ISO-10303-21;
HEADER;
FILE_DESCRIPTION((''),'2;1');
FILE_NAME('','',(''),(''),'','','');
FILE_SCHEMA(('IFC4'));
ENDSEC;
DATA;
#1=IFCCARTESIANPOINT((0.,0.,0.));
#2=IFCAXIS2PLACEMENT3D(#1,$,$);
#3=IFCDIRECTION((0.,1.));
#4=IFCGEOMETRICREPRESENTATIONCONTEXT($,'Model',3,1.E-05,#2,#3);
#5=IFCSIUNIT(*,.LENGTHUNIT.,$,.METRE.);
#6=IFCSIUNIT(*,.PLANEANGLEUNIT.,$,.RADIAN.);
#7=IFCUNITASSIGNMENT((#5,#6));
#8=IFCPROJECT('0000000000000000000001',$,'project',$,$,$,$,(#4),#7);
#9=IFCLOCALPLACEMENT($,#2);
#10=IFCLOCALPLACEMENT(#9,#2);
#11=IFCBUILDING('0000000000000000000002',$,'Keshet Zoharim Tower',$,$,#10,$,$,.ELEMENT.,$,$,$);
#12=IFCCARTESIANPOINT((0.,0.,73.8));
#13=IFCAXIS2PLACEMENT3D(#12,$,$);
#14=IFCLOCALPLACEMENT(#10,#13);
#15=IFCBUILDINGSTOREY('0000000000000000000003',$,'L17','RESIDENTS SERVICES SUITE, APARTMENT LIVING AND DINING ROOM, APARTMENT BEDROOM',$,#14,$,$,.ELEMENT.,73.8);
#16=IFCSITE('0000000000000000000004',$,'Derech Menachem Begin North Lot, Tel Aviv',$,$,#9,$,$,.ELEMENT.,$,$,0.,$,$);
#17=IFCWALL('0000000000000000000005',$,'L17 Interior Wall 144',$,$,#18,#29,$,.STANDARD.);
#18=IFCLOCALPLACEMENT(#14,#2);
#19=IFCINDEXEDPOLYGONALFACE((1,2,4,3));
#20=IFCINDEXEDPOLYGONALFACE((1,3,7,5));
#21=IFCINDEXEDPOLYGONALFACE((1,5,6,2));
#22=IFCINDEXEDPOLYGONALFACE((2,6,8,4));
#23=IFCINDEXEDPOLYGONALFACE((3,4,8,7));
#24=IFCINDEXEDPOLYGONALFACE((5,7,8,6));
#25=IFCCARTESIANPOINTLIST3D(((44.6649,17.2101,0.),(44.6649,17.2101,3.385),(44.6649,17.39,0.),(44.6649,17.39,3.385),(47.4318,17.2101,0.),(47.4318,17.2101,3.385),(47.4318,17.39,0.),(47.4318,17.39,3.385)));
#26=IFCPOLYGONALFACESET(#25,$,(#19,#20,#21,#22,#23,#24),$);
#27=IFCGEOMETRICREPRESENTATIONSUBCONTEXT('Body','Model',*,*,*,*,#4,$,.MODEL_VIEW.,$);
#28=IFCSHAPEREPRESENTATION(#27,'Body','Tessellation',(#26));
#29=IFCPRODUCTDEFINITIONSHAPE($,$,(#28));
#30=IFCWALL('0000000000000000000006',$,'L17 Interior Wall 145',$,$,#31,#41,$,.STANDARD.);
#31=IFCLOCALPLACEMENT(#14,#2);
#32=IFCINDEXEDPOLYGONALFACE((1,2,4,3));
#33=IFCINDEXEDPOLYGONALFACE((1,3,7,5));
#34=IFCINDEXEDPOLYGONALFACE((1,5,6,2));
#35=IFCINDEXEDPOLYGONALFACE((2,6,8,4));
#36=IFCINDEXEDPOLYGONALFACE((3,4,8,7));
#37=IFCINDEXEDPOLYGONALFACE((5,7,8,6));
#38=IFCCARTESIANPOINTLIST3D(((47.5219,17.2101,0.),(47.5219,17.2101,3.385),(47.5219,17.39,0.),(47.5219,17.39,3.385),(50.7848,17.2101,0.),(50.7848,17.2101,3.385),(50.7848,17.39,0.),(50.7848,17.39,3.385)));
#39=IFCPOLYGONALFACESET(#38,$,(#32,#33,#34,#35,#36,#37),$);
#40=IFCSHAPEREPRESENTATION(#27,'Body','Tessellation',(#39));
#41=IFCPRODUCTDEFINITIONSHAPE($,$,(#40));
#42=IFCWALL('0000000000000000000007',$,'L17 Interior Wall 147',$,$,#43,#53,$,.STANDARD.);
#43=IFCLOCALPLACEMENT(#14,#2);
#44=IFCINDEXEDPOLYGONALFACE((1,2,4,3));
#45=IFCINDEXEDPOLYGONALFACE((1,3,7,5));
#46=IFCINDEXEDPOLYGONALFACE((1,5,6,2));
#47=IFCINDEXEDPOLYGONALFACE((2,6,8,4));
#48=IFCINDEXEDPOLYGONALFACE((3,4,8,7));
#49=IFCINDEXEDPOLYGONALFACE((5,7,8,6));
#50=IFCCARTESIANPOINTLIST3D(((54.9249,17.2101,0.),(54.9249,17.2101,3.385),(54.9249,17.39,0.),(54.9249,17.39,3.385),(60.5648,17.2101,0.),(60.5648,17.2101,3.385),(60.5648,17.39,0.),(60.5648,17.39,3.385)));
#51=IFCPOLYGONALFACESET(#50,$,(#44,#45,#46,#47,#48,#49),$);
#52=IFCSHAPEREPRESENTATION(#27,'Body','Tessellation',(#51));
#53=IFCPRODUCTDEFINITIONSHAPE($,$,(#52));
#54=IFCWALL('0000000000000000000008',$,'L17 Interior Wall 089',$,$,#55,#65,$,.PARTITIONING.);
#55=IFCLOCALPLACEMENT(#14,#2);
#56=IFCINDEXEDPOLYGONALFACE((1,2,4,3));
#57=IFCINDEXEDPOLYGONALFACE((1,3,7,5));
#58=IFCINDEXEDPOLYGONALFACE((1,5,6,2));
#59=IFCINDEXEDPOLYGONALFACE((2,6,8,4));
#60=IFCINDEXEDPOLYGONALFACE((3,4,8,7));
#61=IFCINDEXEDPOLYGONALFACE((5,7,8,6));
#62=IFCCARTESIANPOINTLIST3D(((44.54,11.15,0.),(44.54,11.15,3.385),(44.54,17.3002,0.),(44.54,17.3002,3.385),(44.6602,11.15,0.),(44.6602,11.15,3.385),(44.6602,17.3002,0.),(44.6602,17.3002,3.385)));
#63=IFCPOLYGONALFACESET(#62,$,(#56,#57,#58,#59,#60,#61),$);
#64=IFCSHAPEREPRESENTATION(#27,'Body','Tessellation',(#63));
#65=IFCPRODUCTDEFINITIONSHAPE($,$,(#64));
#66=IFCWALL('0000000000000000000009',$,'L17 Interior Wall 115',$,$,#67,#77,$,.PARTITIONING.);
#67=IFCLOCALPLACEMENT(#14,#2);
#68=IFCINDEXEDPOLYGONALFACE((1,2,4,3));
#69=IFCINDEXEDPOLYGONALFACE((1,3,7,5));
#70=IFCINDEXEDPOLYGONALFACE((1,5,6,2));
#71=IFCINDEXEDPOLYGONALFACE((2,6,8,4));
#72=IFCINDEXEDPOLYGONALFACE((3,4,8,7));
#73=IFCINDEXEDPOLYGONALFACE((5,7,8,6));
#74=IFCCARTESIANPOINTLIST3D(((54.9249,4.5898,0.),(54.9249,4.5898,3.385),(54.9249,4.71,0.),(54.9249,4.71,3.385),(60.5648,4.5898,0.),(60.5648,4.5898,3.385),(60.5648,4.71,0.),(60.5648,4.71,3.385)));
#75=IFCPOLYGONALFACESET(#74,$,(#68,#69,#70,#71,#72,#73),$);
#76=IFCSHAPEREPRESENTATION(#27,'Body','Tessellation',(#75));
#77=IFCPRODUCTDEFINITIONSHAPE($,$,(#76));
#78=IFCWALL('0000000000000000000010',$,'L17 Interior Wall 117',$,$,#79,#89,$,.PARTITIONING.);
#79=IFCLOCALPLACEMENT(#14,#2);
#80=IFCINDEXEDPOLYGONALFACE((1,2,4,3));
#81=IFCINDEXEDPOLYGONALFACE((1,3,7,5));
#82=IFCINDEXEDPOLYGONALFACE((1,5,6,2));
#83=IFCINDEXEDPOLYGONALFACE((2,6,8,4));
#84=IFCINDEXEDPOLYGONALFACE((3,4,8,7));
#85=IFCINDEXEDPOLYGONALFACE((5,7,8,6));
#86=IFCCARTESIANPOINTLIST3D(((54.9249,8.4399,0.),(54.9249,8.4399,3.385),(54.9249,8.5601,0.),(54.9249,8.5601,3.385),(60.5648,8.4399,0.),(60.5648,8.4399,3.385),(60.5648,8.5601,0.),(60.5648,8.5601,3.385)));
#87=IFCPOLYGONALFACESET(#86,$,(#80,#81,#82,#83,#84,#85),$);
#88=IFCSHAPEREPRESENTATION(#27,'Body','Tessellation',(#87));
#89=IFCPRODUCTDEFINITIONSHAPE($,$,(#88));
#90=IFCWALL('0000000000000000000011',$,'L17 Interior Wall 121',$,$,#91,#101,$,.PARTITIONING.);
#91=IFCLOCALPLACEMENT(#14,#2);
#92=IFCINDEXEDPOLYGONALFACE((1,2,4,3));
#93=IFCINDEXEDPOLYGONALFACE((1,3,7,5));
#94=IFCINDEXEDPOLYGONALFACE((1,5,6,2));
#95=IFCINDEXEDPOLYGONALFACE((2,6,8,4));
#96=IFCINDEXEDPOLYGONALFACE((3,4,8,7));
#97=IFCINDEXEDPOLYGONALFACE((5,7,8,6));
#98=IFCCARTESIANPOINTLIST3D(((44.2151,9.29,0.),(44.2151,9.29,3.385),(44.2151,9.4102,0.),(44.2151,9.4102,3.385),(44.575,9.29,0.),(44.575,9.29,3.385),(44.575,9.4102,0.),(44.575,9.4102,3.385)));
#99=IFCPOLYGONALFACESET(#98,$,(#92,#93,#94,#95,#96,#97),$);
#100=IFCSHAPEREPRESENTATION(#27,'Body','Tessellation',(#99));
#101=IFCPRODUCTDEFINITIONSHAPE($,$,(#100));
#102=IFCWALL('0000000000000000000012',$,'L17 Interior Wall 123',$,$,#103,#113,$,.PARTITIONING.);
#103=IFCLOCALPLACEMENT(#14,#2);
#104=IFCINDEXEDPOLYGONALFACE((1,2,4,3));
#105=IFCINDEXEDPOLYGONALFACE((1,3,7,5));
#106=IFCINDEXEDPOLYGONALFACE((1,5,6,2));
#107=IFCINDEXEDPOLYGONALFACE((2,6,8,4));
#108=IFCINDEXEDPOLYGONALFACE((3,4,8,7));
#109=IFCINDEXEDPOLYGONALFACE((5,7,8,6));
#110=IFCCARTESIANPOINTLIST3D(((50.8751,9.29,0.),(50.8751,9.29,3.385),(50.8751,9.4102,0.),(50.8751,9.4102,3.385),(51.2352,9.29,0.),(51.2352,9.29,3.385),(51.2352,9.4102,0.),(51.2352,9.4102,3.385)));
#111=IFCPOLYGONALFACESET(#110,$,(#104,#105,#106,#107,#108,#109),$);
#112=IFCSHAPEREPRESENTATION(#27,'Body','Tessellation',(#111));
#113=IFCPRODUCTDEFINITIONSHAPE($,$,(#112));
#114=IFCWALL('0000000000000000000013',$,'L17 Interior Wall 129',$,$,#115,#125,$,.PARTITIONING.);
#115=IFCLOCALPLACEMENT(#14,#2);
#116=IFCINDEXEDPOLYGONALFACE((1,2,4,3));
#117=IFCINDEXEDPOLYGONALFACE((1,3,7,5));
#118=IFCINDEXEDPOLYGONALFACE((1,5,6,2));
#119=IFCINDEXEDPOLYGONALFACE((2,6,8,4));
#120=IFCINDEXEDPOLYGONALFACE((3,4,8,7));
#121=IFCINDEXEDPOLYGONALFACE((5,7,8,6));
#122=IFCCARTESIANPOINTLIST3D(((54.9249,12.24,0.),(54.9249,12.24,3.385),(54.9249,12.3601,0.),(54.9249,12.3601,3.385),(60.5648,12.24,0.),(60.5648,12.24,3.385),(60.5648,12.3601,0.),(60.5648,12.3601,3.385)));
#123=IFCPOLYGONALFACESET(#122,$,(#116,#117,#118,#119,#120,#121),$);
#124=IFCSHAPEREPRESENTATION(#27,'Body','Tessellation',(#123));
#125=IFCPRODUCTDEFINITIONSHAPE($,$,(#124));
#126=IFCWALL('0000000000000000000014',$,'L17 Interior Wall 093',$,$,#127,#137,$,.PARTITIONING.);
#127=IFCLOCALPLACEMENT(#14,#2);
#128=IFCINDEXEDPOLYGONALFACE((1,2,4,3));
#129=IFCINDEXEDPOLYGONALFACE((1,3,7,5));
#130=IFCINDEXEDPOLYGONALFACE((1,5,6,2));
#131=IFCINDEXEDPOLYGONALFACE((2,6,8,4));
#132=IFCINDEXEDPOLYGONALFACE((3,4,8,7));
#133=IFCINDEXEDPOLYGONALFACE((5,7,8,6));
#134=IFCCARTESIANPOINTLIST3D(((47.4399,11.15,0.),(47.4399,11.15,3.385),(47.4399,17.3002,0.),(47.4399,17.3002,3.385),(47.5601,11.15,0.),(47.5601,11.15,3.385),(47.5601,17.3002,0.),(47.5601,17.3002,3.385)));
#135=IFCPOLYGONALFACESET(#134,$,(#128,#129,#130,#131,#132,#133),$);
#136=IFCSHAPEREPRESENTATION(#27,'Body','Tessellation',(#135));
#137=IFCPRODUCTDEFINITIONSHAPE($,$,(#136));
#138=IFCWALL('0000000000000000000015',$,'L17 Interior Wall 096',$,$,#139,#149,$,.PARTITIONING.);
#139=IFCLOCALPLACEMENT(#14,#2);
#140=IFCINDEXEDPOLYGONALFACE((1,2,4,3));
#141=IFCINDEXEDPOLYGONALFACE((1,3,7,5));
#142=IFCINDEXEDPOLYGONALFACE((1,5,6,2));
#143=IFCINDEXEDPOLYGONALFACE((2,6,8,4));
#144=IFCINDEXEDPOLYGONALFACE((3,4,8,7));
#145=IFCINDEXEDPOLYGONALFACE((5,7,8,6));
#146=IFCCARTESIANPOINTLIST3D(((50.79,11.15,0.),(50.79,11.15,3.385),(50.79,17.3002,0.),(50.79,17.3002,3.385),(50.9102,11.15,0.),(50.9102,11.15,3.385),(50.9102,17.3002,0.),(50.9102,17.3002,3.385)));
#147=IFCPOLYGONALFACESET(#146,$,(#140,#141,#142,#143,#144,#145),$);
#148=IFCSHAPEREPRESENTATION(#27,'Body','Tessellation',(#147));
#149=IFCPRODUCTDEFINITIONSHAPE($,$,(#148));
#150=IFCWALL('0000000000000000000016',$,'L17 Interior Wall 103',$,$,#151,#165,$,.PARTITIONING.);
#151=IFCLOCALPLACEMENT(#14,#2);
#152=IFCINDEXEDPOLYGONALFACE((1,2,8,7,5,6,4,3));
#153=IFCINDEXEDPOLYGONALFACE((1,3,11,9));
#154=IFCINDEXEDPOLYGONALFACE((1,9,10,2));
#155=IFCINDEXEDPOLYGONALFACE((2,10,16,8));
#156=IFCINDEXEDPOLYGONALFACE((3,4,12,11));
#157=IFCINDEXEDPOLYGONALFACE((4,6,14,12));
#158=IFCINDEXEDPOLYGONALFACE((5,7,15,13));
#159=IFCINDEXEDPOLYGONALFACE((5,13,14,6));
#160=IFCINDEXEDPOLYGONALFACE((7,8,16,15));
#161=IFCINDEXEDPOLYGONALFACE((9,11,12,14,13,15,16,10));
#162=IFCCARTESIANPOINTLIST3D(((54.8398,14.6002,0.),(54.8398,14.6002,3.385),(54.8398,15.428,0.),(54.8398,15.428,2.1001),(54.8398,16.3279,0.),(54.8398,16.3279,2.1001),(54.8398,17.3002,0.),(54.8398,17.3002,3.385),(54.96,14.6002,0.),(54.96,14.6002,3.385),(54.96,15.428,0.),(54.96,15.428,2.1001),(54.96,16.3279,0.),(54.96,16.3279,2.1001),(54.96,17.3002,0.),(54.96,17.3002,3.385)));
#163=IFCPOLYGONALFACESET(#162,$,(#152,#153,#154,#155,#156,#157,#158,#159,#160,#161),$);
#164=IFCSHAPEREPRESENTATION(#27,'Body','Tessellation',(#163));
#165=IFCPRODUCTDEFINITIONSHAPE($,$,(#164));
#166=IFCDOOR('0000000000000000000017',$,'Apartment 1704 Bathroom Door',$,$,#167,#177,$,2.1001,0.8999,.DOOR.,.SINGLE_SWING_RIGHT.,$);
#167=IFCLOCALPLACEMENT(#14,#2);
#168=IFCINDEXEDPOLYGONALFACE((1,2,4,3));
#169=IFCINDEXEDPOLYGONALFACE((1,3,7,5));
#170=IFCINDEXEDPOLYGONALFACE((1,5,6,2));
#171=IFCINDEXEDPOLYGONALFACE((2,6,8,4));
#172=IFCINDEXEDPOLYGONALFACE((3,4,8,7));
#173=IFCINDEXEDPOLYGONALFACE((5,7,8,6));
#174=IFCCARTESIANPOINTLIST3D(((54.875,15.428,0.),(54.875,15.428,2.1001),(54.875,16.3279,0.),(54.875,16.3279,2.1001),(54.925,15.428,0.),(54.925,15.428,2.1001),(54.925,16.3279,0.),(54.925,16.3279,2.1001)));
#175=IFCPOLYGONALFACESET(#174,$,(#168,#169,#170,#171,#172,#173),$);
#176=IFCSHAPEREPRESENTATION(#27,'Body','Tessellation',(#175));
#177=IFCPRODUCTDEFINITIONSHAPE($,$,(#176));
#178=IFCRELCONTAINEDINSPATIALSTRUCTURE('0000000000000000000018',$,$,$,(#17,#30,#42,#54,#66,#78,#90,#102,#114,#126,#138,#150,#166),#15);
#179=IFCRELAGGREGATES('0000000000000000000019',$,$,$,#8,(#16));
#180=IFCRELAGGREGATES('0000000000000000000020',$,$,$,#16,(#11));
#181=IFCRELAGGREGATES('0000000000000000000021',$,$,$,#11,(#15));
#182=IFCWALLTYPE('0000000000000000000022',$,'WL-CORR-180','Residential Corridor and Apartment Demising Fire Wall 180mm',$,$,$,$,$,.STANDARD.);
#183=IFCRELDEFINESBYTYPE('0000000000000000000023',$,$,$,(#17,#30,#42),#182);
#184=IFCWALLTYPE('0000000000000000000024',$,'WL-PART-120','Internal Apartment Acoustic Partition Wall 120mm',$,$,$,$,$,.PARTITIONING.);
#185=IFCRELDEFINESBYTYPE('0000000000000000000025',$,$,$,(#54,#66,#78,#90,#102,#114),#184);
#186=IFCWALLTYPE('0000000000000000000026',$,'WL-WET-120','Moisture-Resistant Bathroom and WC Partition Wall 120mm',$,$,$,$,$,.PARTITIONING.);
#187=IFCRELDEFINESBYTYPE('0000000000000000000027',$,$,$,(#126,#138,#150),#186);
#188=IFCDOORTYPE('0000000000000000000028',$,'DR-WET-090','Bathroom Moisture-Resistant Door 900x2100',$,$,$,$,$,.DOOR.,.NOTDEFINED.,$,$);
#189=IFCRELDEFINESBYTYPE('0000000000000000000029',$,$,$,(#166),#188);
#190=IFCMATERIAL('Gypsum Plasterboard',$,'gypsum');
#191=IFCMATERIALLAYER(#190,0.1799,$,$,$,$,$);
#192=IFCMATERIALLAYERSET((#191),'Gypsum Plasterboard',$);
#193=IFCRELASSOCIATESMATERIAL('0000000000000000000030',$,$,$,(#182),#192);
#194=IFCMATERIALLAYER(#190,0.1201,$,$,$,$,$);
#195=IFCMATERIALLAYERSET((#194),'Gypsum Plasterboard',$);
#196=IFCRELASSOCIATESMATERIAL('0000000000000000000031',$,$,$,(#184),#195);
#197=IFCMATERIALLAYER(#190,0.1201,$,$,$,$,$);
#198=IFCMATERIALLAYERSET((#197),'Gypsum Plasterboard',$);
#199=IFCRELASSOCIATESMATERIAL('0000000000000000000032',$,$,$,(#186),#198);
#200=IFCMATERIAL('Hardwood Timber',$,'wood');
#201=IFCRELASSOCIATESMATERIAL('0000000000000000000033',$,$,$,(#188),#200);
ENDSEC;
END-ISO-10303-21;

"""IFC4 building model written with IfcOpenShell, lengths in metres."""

from ifc_helpers import new_model, si_unit, direction, frame, frame_2d, origin, place, context, subcontext, project, spatial, rectangle, extrude, material, layer, layer_set, type_object, element, fill, save


model = new_model("IFC4")

# Units and contexts
model_context = context("Model", 3, precision=1e-05, world=origin(), true_north=direction((0.0, 1.0)))
body_context = subcontext(model_context, "Body", "Model", "MODEL_VIEW")
ifc_project = project(units=[si_unit("LENGTHUNIT", "METRE"), si_unit("PLANEANGLEUNIT", "RADIAN")], contexts=[model_context])

# Site, building, storey
site_placement = place(None, origin())
site = spatial("IfcSite", under=ifc_project, at=site_placement, Name="Derech Menachem Begin North Lot, Tel Aviv", CompositionType="ELEMENT", RefElevation=0.0)
building_placement = place(site_placement, origin())
building = spatial("IfcBuilding", under=site, at=building_placement, Name="Keshet Zoharim Tower", CompositionType="ELEMENT")
storey_placement = place(building_placement, frame((0.0, 0.0, 73.8)))
storey = spatial("IfcBuildingStorey", under=building, at=storey_placement, Name="L17", Description="RESIDENTS SERVICES SUITE, APARTMENT LIVING AND DINING ROOM, APARTMENT BEDROOM", CompositionType="ELEMENT", Elevation=73.8)

# Walls
ifc_material_1 = material(Name="Gypsum Plasterboard", Category="gypsum")
ifc_layer_1 = layer(ifc_material_1, 0.1799)
ifc_layer_set_1 = layer_set([ifc_layer_1], Name="Gypsum Plasterboard")
wall_type_1 = type_object("IfcWallType", Name="WL-CORR-180", Description="Residential Corridor and Apartment Demising Fire Wall 180mm", PredefinedType="STANDARD", material=ifc_layer_set_1)
wall_1_placement = place(storey_placement, frame((44.665, 17.3, 0.0), z_axis=(0.0, 0.0, 1.0), x_axis=(1.0, 0.0, 0.0)))
element("IfcWall", 1, at=wall_1_placement, inside=storey, type_object=wall_type_1, Name="L17 Interior Wall 144", PredefinedType="STANDARD", context=body_context, shape_type="SweptSolid", body=[
    extrude(rectangle(XDim=2.7668, YDim=0.1799, at=frame_2d((1.3833, 0.0))), origin(), (0.0, 0.0, 1.0), 3.385),
])
wall_2_placement = place(storey_placement, frame((47.522, 17.3, 0.0), z_axis=(0.0, 0.0, 1.0), x_axis=(1.0, 0.0, 0.0)))
element("IfcWall", 2, at=wall_2_placement, inside=storey, type_object=wall_type_1, Name="L17 Interior Wall 145", PredefinedType="STANDARD", context=body_context, shape_type="SweptSolid", body=[
    extrude(rectangle(XDim=3.2629, YDim=0.1799, at=frame_2d((1.6313, 0.0))), origin(), (0.0, 0.0, 1.0), 3.385),
])

# Shared definitions
ifc_material_2 = material(Name="Hardwood Timber", Category="wood")

# Walls
wall_3_placement = place(storey_placement, frame((54.925, 17.3, 0.0), z_axis=(0.0, 0.0, 1.0), x_axis=(1.0, 0.0, 0.0)))
element("IfcWall", 3, at=wall_3_placement, inside=storey, type_object=wall_type_1, Name="L17 Interior Wall 147", PredefinedType="STANDARD", context=body_context, shape_type="SweptSolid", body=[
    extrude(rectangle(XDim=5.6399, YDim=0.1799, at=frame_2d((2.8198, 0.0))), origin(), (0.0, 0.0, 1.0), 3.385),
])
ifc_layer_2 = layer(ifc_material_1, 0.1201)
ifc_layer_set_2 = layer_set([ifc_layer_2], Name="Gypsum Plasterboard")
wall_type_2 = type_object("IfcWallType", Name="WL-PART-120", Description="Internal Apartment Acoustic Partition Wall 120mm", PredefinedType="PARTITIONING", material=ifc_layer_set_2)
wall_4_placement = place(storey_placement, frame((44.6001, 11.1499, 0.0), z_axis=(0.0, 0.0, 1.0), x_axis=(0.0, 1.0, 0.0)))
element("IfcWall", 4, at=wall_4_placement, inside=storey, type_object=wall_type_2, Name="L17 Interior Wall 089", PredefinedType="PARTITIONING", context=body_context, shape_type="SweptSolid", body=[
    extrude(rectangle(XDim=6.1501, YDim=0.1201, at=frame_2d((3.0752, 0.0))), origin(), (0.0, 0.0, 1.0), 3.385),
])

# Walls
for number, where, z_axis, x_axis, name in (
    (5, (54.925, 4.6499, 0.0), (0.0, 0.0, 1.0), (1.0, 0.0, 0.0), "L17 Interior Wall 115"),
    (6, (54.925, 8.5, 0.0), (0.0, 0.0, 1.0), (1.0, 0.0, 0.0), "L17 Interior Wall 117"),
):
    element("IfcWall", number, at=place(storey_placement, frame(where, z_axis=z_axis, x_axis=x_axis)), inside=storey, type_object=wall_type_2, Name=name, PredefinedType="PARTITIONING", context=body_context, shape_type="SweptSolid", body=[
        extrude(rectangle(XDim=5.6399, YDim=0.1201, at=frame_2d((2.8198, 0.0))), origin(), (0.0, 0.0, 1.0), 3.385),
    ])
wall_5_placement = place(storey_placement, frame((44.2151, 9.3501, 0.0), z_axis=(0.0, 0.0, 1.0), x_axis=(1.0, 0.0, 0.0)))
element("IfcWall", 7, at=wall_5_placement, inside=storey, type_object=wall_type_2, Name="L17 Interior Wall 121", PredefinedType="PARTITIONING", context=body_context, shape_type="SweptSolid", body=[
    extrude(rectangle(XDim=0.3599, YDim=0.1201, at=frame_2d((0.1799, 0.0))), origin(), (0.0, 0.0, 1.0), 3.385),
])

# Wall
wall_6_placement = place(storey_placement, frame((50.875, 9.3501, 0.0), z_axis=(0.0, 0.0, 1.0), x_axis=(1.0, 0.0, 0.0)))
element("IfcWall", 8, at=wall_6_placement, inside=storey, type_object=wall_type_2, Name="L17 Interior Wall 123", PredefinedType="PARTITIONING", context=body_context, shape_type="SweptSolid", body=[
    extrude(rectangle(XDim=0.3601, YDim=0.1201, at=frame_2d((0.1802, 0.0))), origin(), (0.0, 0.0, 1.0), 3.385),
])

# Walls
wall_7_placement = place(storey_placement, frame((54.925, 12.3, 0.0), z_axis=(0.0, 0.0, 1.0), x_axis=(1.0, 0.0, 0.0)))
element("IfcWall", 9, at=wall_7_placement, inside=storey, type_object=wall_type_2, Name="L17 Interior Wall 129", PredefinedType="PARTITIONING", context=body_context, shape_type="SweptSolid", body=[
    extrude(rectangle(XDim=5.6399, YDim=0.1201, at=frame_2d((2.8198, 0.0))), origin(), (0.0, 0.0, 1.0), 3.385),
])
ifc_layer_3 = layer(ifc_material_1, 0.1201)
ifc_layer_set_3 = layer_set([ifc_layer_3], Name="Gypsum Plasterboard")
wall_type_3 = type_object("IfcWallType", Name="WL-WET-120", Description="Moisture-Resistant Bathroom and WC Partition Wall 120mm", PredefinedType="PARTITIONING", material=ifc_layer_set_3)
for number, where, z_axis, x_axis, name in (
    (10, (47.5, 11.1499, 0.0), (0.0, 0.0, 1.0), (0.0, 1.0, 0.0), "L17 Interior Wall 093"),
    (11, (50.8501, 11.1499, 0.0), (0.0, 0.0, 1.0), (0.0, 1.0, 0.0), "L17 Interior Wall 096"),
):
    element("IfcWall", number, at=place(storey_placement, frame(where, z_axis=z_axis, x_axis=x_axis)), inside=storey, type_object=wall_type_3, Name=name, PredefinedType="PARTITIONING", context=body_context, shape_type="SweptSolid", body=[
        extrude(rectangle(XDim=6.1501, YDim=0.1201, at=frame_2d((3.0752, 0.0))), origin(), (0.0, 0.0, 1.0), 3.385),
    ])

# Wall, opening, door
wall_8_placement = place(storey_placement, frame((54.8999, 14.6001, 0.0), z_axis=(0.0, 0.0, 1.0), x_axis=(0.0, 1.0, 0.0)))
wall_8 = element("IfcWall", 12, at=wall_8_placement, inside=storey, type_object=wall_type_3, Name="L17 Interior Wall 103", PredefinedType="PARTITIONING", context=body_context, shape_type="SweptSolid", body=[
    extrude(rectangle(XDim=2.7, YDim=0.1201, at=frame_2d((1.3501, 0.0))), origin(), (0.0, 0.0, 1.0), 3.385),
])
opening_1_placement = place(wall_8_placement, frame((0.8279, 0.0, 0.0)))
opening_1 = element("IfcOpeningElement", 13, at=opening_1_placement, cuts=wall_8, PredefinedType="OPENING", context=body_context, shape_type="SweptSolid", body=[
    extrude(rectangle(XDim=0.8999, YDim=2.1001, at=frame_2d((0.45, 1.05))), frame((0.0, 0.0701, 0.0), z_axis=(0.0, -1.0, 0.0), x_axis=(1.0, 0.0, 0.0)), (0.0, 0.0, 1.0), 0.1401),
])
door_type_1 = type_object("IfcDoorType", Name="DR-WET-090", Description="Bathroom Moisture-Resistant Door 900x2100", OperationType="NOTDEFINED", PredefinedType="DOOR", material=ifc_material_2)
door_1_placement = place(opening_1_placement, origin())
door_1 = element("IfcDoor", 14, at=door_1_placement, inside=storey, type_object=door_type_1, Name="Apartment 1704 Bathroom Door", OperationType="SINGLE_SWING_RIGHT", OverallHeight=2.1001, OverallWidth=0.8999, PredefinedType="DOOR", context=body_context, shape_type="SweptSolid", body=[
    extrude(rectangle(XDim=0.8999, YDim=2.1001, at=frame_2d((0.45, 1.05))), frame((0.0, 0.0249, 0.0), z_axis=(0.0, -1.0, 0.0), x_axis=(1.0, 0.0, 0.0)), (0.0, 0.0, 1.0), 0.05),
])
fill(opening_1, door_1)

save(model, "model.ifc")
